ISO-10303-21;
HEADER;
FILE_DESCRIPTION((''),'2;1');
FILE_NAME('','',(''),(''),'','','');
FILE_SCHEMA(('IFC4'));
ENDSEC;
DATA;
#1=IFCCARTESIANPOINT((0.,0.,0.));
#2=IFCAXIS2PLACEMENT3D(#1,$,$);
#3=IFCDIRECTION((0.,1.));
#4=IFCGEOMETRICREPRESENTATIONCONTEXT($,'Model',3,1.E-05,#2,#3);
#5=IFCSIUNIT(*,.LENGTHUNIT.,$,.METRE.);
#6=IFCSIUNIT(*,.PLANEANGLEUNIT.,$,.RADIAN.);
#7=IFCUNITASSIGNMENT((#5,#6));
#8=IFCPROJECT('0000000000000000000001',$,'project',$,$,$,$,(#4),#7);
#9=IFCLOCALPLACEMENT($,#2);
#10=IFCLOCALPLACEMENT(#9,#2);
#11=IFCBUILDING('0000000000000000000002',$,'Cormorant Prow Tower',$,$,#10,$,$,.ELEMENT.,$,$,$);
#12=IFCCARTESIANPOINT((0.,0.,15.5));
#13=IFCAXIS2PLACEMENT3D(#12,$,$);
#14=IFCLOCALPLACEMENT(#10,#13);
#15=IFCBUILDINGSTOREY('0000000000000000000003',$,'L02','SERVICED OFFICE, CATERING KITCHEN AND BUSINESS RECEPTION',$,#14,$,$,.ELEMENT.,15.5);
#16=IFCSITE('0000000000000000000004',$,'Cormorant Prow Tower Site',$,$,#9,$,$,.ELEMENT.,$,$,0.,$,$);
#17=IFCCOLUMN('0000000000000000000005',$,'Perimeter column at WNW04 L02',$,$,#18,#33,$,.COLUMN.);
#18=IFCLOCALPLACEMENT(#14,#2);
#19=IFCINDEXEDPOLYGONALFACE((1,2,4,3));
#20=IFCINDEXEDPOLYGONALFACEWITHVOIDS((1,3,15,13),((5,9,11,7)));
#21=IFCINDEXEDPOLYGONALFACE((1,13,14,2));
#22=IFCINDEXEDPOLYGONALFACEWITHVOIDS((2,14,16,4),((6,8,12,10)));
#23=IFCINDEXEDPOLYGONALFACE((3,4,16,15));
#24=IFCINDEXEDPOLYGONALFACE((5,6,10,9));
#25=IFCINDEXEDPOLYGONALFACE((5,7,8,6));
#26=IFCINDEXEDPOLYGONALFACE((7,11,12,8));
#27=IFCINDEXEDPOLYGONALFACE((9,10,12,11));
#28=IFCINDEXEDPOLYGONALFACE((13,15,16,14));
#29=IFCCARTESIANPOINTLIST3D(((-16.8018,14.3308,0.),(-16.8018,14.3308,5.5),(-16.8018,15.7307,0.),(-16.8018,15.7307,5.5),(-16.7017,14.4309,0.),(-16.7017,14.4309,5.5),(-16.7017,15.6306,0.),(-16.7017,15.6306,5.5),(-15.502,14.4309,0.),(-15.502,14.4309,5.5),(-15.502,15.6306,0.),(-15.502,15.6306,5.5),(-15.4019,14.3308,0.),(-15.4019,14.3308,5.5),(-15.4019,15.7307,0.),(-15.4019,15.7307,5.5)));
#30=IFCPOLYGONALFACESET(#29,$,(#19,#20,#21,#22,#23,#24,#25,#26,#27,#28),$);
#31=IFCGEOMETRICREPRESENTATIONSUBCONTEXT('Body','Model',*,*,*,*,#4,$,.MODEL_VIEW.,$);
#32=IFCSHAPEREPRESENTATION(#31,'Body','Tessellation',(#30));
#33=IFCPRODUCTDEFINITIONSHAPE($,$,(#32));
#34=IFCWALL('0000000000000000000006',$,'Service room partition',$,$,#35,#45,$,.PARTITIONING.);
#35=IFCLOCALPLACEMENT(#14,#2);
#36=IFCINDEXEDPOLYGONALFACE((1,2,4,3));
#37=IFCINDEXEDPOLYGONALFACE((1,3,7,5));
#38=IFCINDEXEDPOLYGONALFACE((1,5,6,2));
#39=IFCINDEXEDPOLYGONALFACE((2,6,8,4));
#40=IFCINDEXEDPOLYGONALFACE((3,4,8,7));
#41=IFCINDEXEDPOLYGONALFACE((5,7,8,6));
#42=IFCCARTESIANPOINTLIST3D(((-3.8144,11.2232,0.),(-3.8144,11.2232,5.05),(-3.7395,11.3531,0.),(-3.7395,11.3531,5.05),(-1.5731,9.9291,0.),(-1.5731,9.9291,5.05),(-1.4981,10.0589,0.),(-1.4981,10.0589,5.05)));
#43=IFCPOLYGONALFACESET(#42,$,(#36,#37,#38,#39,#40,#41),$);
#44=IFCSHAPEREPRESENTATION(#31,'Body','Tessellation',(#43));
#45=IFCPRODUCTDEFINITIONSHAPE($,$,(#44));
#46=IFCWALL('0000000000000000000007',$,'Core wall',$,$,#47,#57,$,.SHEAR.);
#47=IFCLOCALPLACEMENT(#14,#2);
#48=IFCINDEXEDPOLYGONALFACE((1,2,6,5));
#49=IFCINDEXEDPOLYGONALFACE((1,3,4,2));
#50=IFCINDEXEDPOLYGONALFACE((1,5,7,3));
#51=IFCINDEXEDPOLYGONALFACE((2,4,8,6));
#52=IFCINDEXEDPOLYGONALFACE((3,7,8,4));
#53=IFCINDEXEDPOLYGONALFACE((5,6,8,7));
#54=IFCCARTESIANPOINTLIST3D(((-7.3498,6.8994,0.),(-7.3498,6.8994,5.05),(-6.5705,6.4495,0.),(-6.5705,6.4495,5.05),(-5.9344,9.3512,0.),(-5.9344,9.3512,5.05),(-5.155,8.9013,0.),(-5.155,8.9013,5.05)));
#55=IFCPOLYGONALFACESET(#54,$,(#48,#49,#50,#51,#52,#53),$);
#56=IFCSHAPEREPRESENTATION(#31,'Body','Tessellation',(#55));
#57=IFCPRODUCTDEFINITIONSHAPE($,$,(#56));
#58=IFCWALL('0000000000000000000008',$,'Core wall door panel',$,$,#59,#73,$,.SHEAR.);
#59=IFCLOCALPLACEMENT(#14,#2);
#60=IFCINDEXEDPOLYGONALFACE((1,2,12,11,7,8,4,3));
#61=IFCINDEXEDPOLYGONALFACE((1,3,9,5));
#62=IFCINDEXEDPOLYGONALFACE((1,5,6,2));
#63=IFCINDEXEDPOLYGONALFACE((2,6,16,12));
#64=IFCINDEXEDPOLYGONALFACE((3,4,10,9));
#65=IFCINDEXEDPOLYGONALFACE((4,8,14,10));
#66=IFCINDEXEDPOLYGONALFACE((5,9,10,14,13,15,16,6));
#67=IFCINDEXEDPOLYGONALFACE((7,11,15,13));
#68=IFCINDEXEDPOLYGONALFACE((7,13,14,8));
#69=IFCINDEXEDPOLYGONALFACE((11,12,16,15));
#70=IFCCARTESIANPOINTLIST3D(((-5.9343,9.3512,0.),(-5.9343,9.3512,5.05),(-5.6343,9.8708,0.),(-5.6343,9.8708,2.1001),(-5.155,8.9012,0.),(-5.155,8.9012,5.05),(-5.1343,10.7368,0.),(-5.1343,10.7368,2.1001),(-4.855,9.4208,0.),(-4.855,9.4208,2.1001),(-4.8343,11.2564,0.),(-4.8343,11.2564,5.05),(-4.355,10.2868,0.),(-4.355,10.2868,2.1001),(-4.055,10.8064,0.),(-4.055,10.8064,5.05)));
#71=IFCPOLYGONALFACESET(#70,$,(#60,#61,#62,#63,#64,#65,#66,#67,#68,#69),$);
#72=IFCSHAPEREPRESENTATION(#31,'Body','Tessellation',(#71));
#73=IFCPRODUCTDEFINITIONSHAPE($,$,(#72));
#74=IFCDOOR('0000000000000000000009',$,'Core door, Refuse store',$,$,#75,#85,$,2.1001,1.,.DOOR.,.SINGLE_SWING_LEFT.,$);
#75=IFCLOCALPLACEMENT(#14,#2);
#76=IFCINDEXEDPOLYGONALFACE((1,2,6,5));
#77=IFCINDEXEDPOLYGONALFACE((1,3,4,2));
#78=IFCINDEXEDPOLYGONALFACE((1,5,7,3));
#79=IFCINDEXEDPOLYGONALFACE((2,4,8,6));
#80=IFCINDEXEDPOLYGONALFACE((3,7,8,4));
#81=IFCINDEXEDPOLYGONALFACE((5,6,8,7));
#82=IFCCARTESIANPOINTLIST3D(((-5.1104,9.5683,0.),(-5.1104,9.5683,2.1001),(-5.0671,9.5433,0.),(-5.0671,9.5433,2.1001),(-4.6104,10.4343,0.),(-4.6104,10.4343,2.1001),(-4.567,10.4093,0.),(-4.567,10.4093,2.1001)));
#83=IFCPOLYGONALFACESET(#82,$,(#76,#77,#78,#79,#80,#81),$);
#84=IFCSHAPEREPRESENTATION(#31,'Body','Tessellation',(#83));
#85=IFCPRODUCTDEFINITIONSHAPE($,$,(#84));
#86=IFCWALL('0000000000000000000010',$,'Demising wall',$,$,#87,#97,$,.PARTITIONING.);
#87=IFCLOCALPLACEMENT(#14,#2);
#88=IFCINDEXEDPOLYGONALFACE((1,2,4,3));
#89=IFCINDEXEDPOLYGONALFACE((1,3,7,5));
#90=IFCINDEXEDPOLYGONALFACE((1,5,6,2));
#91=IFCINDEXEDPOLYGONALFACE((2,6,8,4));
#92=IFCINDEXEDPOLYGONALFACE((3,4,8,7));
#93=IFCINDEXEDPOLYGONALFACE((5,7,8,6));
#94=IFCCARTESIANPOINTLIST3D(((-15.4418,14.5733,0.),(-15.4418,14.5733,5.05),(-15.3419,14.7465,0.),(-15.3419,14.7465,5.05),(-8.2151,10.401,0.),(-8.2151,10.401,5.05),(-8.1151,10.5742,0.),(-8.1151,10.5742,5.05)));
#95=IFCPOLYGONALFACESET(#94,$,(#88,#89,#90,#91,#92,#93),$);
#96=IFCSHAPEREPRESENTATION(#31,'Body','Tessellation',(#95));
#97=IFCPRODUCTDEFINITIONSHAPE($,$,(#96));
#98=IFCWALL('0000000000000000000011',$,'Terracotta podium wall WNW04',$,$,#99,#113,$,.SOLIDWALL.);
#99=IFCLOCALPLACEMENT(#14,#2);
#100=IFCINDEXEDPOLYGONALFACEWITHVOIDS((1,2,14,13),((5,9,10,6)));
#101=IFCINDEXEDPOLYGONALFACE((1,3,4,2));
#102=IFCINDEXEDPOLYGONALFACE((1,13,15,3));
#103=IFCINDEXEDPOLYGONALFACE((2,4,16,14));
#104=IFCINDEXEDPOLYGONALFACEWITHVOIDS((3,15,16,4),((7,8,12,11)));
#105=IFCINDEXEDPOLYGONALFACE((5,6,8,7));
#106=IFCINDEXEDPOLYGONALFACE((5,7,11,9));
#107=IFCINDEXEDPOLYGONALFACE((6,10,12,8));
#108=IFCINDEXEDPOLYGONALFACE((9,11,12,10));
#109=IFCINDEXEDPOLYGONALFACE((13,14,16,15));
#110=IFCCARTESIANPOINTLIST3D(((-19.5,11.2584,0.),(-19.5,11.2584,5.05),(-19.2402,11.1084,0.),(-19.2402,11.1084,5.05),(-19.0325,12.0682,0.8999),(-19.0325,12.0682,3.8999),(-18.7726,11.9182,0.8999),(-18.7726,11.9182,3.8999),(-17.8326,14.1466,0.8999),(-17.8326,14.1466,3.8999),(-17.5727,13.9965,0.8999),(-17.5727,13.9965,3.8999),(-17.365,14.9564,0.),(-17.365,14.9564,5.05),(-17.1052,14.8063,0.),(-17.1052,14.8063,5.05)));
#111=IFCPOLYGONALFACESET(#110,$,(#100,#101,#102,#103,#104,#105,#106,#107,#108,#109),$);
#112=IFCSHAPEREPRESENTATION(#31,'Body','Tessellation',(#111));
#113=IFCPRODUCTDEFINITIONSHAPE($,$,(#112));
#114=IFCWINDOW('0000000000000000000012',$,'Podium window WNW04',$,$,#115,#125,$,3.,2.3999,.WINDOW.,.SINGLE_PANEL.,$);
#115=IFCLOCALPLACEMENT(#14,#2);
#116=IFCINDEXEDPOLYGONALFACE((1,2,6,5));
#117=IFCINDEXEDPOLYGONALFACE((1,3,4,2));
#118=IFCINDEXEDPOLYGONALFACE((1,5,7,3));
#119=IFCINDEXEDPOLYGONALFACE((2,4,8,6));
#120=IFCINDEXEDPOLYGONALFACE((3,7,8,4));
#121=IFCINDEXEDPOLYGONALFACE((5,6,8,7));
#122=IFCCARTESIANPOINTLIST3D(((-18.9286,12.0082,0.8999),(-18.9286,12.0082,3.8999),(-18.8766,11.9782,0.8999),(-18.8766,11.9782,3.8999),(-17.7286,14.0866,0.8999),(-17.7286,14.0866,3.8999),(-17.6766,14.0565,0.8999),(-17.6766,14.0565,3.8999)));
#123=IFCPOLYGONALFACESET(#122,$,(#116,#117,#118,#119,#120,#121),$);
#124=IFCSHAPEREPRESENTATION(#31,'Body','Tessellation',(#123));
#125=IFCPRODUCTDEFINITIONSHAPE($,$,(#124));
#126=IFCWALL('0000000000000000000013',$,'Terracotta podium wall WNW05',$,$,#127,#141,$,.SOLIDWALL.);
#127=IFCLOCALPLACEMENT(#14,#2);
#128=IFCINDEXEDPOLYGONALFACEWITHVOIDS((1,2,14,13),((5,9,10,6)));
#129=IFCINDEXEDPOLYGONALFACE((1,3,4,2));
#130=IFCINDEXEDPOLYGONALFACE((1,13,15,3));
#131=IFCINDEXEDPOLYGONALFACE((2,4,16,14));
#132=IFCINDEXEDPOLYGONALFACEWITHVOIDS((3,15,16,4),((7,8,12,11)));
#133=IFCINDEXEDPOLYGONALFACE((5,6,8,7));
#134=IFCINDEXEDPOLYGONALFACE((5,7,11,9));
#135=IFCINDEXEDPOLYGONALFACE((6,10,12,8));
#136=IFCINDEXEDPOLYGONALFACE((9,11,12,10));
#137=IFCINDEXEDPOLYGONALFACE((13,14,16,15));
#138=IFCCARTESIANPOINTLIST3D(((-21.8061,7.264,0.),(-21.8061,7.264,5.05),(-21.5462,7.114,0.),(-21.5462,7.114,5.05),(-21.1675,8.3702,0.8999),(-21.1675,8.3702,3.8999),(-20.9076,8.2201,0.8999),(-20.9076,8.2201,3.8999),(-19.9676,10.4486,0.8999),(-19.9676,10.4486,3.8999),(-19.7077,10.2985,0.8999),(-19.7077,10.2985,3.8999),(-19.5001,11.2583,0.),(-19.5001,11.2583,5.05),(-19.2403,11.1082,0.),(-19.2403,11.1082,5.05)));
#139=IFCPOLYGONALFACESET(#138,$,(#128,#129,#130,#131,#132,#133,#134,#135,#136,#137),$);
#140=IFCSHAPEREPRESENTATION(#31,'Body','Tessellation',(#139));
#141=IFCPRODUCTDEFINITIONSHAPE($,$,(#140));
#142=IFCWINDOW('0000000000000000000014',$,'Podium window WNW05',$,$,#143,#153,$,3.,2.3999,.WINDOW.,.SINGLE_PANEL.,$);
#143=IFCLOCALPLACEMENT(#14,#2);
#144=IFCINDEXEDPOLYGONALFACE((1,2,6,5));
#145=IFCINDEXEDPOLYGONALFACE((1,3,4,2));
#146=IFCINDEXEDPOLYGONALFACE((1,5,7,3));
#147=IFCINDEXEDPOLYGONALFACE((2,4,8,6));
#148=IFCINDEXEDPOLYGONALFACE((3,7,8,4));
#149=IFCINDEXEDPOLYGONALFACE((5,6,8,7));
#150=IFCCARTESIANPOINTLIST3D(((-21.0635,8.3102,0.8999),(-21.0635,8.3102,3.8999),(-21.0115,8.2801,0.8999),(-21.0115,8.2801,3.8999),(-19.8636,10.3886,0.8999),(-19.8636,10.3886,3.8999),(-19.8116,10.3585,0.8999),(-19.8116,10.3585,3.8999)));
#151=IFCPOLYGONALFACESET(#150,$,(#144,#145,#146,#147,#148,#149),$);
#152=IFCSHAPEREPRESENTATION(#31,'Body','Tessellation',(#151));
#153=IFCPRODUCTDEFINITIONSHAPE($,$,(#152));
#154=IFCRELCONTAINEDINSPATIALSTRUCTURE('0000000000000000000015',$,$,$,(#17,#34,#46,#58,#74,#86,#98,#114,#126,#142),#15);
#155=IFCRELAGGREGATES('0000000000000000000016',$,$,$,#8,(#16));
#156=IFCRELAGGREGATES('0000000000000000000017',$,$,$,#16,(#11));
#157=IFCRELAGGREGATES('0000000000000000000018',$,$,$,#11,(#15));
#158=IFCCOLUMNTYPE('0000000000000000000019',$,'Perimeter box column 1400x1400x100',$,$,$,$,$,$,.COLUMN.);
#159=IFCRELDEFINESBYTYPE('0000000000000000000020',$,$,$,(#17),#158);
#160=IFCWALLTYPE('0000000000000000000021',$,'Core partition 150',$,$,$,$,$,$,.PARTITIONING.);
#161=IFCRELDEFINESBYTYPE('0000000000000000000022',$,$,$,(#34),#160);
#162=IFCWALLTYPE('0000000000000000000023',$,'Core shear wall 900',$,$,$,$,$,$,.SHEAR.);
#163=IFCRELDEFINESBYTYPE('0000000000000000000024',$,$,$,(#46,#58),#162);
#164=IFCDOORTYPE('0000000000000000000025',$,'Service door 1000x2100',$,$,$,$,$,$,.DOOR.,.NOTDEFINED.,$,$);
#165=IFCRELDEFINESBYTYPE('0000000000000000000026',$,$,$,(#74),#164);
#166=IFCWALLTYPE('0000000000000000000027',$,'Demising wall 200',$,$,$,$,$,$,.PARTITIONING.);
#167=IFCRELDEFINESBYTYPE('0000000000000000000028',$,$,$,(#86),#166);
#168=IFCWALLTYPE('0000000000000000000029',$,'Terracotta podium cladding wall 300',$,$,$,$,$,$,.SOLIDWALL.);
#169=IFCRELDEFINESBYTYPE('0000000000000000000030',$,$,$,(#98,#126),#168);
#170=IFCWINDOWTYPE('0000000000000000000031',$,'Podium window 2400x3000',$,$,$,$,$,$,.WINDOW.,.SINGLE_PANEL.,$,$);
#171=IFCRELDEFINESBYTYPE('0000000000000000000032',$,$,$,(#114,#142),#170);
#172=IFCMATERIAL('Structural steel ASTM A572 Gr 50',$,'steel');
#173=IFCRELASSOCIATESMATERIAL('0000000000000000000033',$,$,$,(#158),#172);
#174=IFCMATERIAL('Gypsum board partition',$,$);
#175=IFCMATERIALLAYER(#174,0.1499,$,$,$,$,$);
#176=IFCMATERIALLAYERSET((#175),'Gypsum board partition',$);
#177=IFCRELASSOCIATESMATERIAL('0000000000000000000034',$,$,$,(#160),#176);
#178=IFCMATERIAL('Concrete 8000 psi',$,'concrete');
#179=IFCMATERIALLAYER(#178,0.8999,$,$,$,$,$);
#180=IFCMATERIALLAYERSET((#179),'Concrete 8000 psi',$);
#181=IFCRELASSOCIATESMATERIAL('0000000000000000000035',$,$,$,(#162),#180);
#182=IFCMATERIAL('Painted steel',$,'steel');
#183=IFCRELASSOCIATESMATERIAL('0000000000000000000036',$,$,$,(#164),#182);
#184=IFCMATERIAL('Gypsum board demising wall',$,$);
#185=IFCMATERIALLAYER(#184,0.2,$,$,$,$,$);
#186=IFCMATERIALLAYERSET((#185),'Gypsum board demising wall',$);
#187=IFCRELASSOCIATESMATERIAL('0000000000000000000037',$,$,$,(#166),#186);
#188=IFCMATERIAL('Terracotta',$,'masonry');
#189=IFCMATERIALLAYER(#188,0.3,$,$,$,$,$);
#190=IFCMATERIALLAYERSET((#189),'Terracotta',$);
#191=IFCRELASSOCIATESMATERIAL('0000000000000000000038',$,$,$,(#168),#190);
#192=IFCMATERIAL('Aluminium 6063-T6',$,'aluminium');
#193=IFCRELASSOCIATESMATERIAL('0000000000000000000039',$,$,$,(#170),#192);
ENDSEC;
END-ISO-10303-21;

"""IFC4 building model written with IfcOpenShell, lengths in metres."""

from ifc_helpers import new_model, si_unit, direction, frame, frame_2d, origin, origin_2d, place, context, subcontext, project, spatial, rectangle, hollow_rectangle, extrude, material, layer, layer_set, material_profile, profile_set, type_object, element, fill, save


model = new_model("IFC4")

# Units and contexts
model_context = context("Model", 3, precision=1e-05, world=origin(), true_north=direction((0.0, 1.0)))
body_context = subcontext(model_context, "Body", "Model", "MODEL_VIEW")
ifc_project = project(units=[si_unit("LENGTHUNIT", "METRE"), si_unit("PLANEANGLEUNIT", "RADIAN")], contexts=[model_context])

# Site, building, storey
site_placement = place(None, origin())
site = spatial("IfcSite", under=ifc_project, at=site_placement, Name="Cormorant Prow Tower Site", CompositionType="ELEMENT", RefElevation=0.0)
building_placement = place(site_placement, origin())
building = spatial("IfcBuilding", under=site, at=building_placement, Name="Cormorant Prow Tower", CompositionType="ELEMENT")
storey_placement = place(building_placement, frame((0.0, 0.0, 15.5)))
storey = spatial("IfcBuildingStorey", under=building, at=storey_placement, Name="L02", Description="SERVICED OFFICE, CATERING KITCHEN AND BUSINESS RECEPTION", CompositionType="ELEMENT", Elevation=15.5)

# Column
ifc_material_1 = material(Name="Structural steel ASTM A572 Gr 50", Category="steel")
ifc_material_profile = material_profile(ifc_material_1, hollow_rectangle(XDim=1.3999, YDim=1.3999, WallThickness=0.1001, at=origin_2d()), Name="Box 1400x1400x100")
ifc_profile_set = profile_set([ifc_material_profile], Name="Structural steel ASTM A572 Gr 50")
column_type = type_object("IfcColumnType", Name="Perimeter box column 1400x1400x100", PredefinedType="COLUMN", material=ifc_profile_set)
column_placement = place(storey_placement, frame((-16.1018, 15.0308, 0.0), z_axis=(0.0, 0.0, 1.0), x_axis=(1.0, 0.0, 0.0)))
element("IfcColumn", 1, at=column_placement, inside=storey, type_object=column_type, Name="Perimeter column at WNW04 L02", PredefinedType="COLUMN", context=body_context, shape_type="SweptSolid", body=[
    extrude(hollow_rectangle(XDim=1.3999, YDim=1.3999, WallThickness=0.1001, at=origin_2d()), origin(), (0.0, 0.0, 1.0), 5.5),
])

# Walls
ifc_material_2 = material(Name="Gypsum board partition")
ifc_layer_1 = layer(ifc_material_2, 0.1499)
ifc_layer_set_1 = layer_set([ifc_layer_1], Name="Gypsum board partition")
wall_type_1 = type_object("IfcWallType", Name="Core partition 150", PredefinedType="PARTITIONING", material=ifc_layer_set_1)
wall_1_placement = place(storey_placement, frame((-3.7769, 11.2881, 0.0), z_axis=(0.0, 0.0, 1.0), x_axis=(0.866011, -0.500025, 0.0)))
element("IfcWall", 2, at=wall_1_placement, inside=storey, type_object=wall_type_1, Name="Service room partition", PredefinedType="PARTITIONING", context=body_context, shape_type="SweptSolid", body=[
    extrude(rectangle(XDim=2.5881, YDim=0.1499, at=frame_2d((1.2939, 0.0))), origin(), (0.0, 0.0, 1.0), 5.05),
])
ifc_material_3 = material(Name="Concrete 8000 psi", Category="concrete")
ifc_layer_2 = layer(ifc_material_3, 0.8999)
ifc_layer_set_2 = layer_set([ifc_layer_2], Name="Concrete 8000 psi")
wall_type_2 = type_object("IfcWallType", Name="Core shear wall 900", PredefinedType="SHEAR", material=ifc_layer_set_2)
wall_2_placement = place(storey_placement, frame((-5.5447, 9.1262, 0.0), z_axis=(0.0, 0.0, 1.0), x_axis=(-0.499979, -0.866038, 0.0)))
element("IfcWall", 3, at=wall_2_placement, inside=storey, type_object=wall_type_2, Name="Core wall", PredefinedType="SHEAR", context=body_context, shape_type="SweptSolid", body=[
    extrude(rectangle(XDim=2.8311, YDim=0.8999, at=frame_2d((1.4155, 0.0))), origin(), (0.0, 0.0, 1.0), 5.05),
])

# Wall, opening, door
wall_3_placement = place(storey_placement, frame((-4.4446, 11.0315, 0.0), z_axis=(0.0, 0.0, 1.0), x_axis=(-0.50003, -0.866008, 0.0)))
wall_3 = element("IfcWall", 4, at=wall_3_placement, inside=storey, type_object=wall_type_2, Name="Core wall door panel", PredefinedType="SHEAR", context=body_context, shape_type="SweptSolid", body=[
    extrude(rectangle(XDim=2.2, YDim=0.8999, at=frame_2d((1.1001, 0.0))), origin(), (0.0, 0.0, 1.0), 5.05),
])
opening_1_placement = place(wall_3_placement, frame((0.6001, 0.0, 0.0)))
opening_1 = element("IfcOpeningElement", 5, at=opening_1_placement, cuts=wall_3, PredefinedType="OPENING", context=body_context, shape_type="SweptSolid", body=[
    extrude(rectangle(XDim=1.0, YDim=2.1001, at=frame_2d((0.5, 1.05))), frame((0.0, 0.46, 0.0), z_axis=(0.0, -1.0, 0.0), x_axis=(1.0, 0.0, 0.0)), (0.0, 0.0, 1.0), 0.9199),
])
ifc_material_4 = material(Name="Painted steel", Category="steel")
door_type = type_object("IfcDoorType", Name="Service door 1000x2100", OperationType="NOTDEFINED", PredefinedType="DOOR", material=ifc_material_4)
door_placement = place(opening_1_placement, origin())
door = element("IfcDoor", 6, at=door_placement, inside=storey, type_object=door_type, Name="Core door, Refuse store", OperationType="SINGLE_SWING_LEFT", OverallHeight=2.1001, OverallWidth=1.0, PredefinedType="DOOR", context=body_context, shape_type="SweptSolid", body=[
    extrude(rectangle(XDim=1.0, YDim=2.1001, at=frame_2d((0.5, 1.05))), frame((0.0, 0.2051, 0.0), z_axis=(0.0, -1.0, 0.0), x_axis=(1.0, 0.0, 0.0)), (0.0, 0.0, 1.0), 0.05),
])
fill(opening_1, door)

# Wall
ifc_material_5 = material(Name="Gypsum board demising wall")
ifc_layer_3 = layer(ifc_material_5, 0.2)
ifc_layer_set_3 = layer_set([ifc_layer_3], Name="Gypsum board demising wall")
wall_type_3 = type_object("IfcWallType", Name="Demising wall 200", PredefinedType="PARTITIONING", material=ifc_layer_set_3)
wall_4_placement = place(storey_placement, frame((-15.3918, 14.6599, 0.0), z_axis=(0.0, 0.0, 1.0), x_axis=(0.866027, -0.499997, 0.0)))
element("IfcWall", 7, at=wall_4_placement, inside=storey, type_object=wall_type_3, Name="Demising wall", PredefinedType="PARTITIONING", context=body_context, shape_type="SweptSolid", body=[
    extrude(rectangle(XDim=8.3447, YDim=0.2, at=frame_2d((4.1724, 0.0))), origin(), (0.0, 0.0, 1.0), 5.05),
])

# Walls, openings, windows
ifc_material_6 = material(Name="Terracotta", Category="masonry")
ifc_layer_4 = layer(ifc_material_6, 0.3)
ifc_layer_set_4 = layer_set([ifc_layer_4], Name="Terracotta")
wall_type_4 = type_object("IfcWallType", Name="Terracotta podium cladding wall 300", PredefinedType="SOLIDWALL", material=ifc_layer_set_4)
wall_5_placement = place(storey_placement, frame((-17.2351, 14.8813, 0.0), z_axis=(0.0, 0.0, 1.0), x_axis=(-0.499995, -0.866028, 0.0)))
wall_5 = element("IfcWall", 8, at=wall_5_placement, inside=storey, type_object=wall_type_4, Name="Terracotta podium wall WNW04", PredefinedType="SOLIDWALL", context=body_context, shape_type="SweptSolid", body=[
    extrude(rectangle(XDim=4.27, YDim=0.3, at=frame_2d((2.135, 0.0))), origin(), (0.0, 0.0, 1.0), 5.05),
])
opening_2_placement = place(wall_5_placement, frame((0.9351, 0.0, 0.8999)))
opening_2 = element("IfcOpeningElement", 9, at=opening_2_placement, cuts=wall_5, PredefinedType="OPENING", context=body_context, shape_type="SweptSolid", body=[
    extrude(rectangle(XDim=2.3999, YDim=3.0, at=frame_2d((1.2, 1.5))), frame((0.0, 0.1599, 0.0), z_axis=(0.0, -1.0, 0.0), x_axis=(1.0, 0.0, 0.0)), (0.0, 0.0, 1.0), 0.3201),
])
ifc_material_7 = material(Name="Aluminium 6063-T6", Category="aluminium")
window_type = type_object("IfcWindowType", Name="Podium window 2400x3000", PartitioningType="SINGLE_PANEL", PredefinedType="WINDOW", material=ifc_material_7)
window_1_placement = place(opening_2_placement, origin())
window_1 = element("IfcWindow", 10, at=window_1_placement, inside=storey, type_object=window_type, Name="Podium window WNW04", OverallHeight=3.0, OverallWidth=2.3999, PartitioningType="SINGLE_PANEL", PredefinedType="WINDOW", context=body_context, shape_type="SweptSolid", body=[
    extrude(rectangle(XDim=2.3999, YDim=3.0, at=frame_2d((1.2, 1.5))), frame((0.0, 0.03, 0.0), z_axis=(0.0, -1.0, 0.0), x_axis=(1.0, 0.0, 0.0)), (0.0, 0.0, 1.0), 0.0601),
])
fill(opening_2, window_1)
wall_6_placement = place(storey_placement, frame((-19.3701, 11.1833, 0.0), z_axis=(0.0, 0.0, 1.0), x_axis=(-0.499982, -0.866036, 0.0)))
wall_6 = element("IfcWall", 11, at=wall_6_placement, inside=storey, type_object=wall_type_4, Name="Terracotta podium wall WNW05", PredefinedType="SOLIDWALL", context=body_context, shape_type="SweptSolid", body=[
    extrude(rectangle(XDim=4.6121, YDim=0.3, at=frame_2d((2.3062, 0.0))), origin(), (0.0, 0.0, 1.0), 5.05),
])
opening_3_placement = place(wall_6_placement, frame((0.9351, 0.0, 0.8999)))
opening_3 = element("IfcOpeningElement", 12, at=opening_3_placement, cuts=wall_6, PredefinedType="OPENING", context=body_context, shape_type="SweptSolid", body=[
    extrude(rectangle(XDim=2.3999, YDim=3.0, at=frame_2d((1.2, 1.5))), frame((0.0, 0.1599, 0.0), z_axis=(0.0, -1.0, 0.0), x_axis=(1.0, 0.0, 0.0)), (0.0, 0.0, 1.0), 0.3201),
])
window_2_placement = place(opening_3_placement, origin())
window_2 = element("IfcWindow", 13, at=window_2_placement, inside=storey, type_object=window_type, Name="Podium window WNW05", OverallHeight=3.0, OverallWidth=2.3999, PartitioningType="SINGLE_PANEL", PredefinedType="WINDOW", context=body_context, shape_type="SweptSolid", body=[
    extrude(rectangle(XDim=2.3999, YDim=3.0, at=frame_2d((1.2, 1.5))), frame((0.0, 0.03, 0.0), z_axis=(0.0, -1.0, 0.0), x_axis=(1.0, 0.0, 0.0)), (0.0, 0.0, 1.0), 0.0601),
])
fill(opening_3, window_2)

save(model, "model.ifc")
